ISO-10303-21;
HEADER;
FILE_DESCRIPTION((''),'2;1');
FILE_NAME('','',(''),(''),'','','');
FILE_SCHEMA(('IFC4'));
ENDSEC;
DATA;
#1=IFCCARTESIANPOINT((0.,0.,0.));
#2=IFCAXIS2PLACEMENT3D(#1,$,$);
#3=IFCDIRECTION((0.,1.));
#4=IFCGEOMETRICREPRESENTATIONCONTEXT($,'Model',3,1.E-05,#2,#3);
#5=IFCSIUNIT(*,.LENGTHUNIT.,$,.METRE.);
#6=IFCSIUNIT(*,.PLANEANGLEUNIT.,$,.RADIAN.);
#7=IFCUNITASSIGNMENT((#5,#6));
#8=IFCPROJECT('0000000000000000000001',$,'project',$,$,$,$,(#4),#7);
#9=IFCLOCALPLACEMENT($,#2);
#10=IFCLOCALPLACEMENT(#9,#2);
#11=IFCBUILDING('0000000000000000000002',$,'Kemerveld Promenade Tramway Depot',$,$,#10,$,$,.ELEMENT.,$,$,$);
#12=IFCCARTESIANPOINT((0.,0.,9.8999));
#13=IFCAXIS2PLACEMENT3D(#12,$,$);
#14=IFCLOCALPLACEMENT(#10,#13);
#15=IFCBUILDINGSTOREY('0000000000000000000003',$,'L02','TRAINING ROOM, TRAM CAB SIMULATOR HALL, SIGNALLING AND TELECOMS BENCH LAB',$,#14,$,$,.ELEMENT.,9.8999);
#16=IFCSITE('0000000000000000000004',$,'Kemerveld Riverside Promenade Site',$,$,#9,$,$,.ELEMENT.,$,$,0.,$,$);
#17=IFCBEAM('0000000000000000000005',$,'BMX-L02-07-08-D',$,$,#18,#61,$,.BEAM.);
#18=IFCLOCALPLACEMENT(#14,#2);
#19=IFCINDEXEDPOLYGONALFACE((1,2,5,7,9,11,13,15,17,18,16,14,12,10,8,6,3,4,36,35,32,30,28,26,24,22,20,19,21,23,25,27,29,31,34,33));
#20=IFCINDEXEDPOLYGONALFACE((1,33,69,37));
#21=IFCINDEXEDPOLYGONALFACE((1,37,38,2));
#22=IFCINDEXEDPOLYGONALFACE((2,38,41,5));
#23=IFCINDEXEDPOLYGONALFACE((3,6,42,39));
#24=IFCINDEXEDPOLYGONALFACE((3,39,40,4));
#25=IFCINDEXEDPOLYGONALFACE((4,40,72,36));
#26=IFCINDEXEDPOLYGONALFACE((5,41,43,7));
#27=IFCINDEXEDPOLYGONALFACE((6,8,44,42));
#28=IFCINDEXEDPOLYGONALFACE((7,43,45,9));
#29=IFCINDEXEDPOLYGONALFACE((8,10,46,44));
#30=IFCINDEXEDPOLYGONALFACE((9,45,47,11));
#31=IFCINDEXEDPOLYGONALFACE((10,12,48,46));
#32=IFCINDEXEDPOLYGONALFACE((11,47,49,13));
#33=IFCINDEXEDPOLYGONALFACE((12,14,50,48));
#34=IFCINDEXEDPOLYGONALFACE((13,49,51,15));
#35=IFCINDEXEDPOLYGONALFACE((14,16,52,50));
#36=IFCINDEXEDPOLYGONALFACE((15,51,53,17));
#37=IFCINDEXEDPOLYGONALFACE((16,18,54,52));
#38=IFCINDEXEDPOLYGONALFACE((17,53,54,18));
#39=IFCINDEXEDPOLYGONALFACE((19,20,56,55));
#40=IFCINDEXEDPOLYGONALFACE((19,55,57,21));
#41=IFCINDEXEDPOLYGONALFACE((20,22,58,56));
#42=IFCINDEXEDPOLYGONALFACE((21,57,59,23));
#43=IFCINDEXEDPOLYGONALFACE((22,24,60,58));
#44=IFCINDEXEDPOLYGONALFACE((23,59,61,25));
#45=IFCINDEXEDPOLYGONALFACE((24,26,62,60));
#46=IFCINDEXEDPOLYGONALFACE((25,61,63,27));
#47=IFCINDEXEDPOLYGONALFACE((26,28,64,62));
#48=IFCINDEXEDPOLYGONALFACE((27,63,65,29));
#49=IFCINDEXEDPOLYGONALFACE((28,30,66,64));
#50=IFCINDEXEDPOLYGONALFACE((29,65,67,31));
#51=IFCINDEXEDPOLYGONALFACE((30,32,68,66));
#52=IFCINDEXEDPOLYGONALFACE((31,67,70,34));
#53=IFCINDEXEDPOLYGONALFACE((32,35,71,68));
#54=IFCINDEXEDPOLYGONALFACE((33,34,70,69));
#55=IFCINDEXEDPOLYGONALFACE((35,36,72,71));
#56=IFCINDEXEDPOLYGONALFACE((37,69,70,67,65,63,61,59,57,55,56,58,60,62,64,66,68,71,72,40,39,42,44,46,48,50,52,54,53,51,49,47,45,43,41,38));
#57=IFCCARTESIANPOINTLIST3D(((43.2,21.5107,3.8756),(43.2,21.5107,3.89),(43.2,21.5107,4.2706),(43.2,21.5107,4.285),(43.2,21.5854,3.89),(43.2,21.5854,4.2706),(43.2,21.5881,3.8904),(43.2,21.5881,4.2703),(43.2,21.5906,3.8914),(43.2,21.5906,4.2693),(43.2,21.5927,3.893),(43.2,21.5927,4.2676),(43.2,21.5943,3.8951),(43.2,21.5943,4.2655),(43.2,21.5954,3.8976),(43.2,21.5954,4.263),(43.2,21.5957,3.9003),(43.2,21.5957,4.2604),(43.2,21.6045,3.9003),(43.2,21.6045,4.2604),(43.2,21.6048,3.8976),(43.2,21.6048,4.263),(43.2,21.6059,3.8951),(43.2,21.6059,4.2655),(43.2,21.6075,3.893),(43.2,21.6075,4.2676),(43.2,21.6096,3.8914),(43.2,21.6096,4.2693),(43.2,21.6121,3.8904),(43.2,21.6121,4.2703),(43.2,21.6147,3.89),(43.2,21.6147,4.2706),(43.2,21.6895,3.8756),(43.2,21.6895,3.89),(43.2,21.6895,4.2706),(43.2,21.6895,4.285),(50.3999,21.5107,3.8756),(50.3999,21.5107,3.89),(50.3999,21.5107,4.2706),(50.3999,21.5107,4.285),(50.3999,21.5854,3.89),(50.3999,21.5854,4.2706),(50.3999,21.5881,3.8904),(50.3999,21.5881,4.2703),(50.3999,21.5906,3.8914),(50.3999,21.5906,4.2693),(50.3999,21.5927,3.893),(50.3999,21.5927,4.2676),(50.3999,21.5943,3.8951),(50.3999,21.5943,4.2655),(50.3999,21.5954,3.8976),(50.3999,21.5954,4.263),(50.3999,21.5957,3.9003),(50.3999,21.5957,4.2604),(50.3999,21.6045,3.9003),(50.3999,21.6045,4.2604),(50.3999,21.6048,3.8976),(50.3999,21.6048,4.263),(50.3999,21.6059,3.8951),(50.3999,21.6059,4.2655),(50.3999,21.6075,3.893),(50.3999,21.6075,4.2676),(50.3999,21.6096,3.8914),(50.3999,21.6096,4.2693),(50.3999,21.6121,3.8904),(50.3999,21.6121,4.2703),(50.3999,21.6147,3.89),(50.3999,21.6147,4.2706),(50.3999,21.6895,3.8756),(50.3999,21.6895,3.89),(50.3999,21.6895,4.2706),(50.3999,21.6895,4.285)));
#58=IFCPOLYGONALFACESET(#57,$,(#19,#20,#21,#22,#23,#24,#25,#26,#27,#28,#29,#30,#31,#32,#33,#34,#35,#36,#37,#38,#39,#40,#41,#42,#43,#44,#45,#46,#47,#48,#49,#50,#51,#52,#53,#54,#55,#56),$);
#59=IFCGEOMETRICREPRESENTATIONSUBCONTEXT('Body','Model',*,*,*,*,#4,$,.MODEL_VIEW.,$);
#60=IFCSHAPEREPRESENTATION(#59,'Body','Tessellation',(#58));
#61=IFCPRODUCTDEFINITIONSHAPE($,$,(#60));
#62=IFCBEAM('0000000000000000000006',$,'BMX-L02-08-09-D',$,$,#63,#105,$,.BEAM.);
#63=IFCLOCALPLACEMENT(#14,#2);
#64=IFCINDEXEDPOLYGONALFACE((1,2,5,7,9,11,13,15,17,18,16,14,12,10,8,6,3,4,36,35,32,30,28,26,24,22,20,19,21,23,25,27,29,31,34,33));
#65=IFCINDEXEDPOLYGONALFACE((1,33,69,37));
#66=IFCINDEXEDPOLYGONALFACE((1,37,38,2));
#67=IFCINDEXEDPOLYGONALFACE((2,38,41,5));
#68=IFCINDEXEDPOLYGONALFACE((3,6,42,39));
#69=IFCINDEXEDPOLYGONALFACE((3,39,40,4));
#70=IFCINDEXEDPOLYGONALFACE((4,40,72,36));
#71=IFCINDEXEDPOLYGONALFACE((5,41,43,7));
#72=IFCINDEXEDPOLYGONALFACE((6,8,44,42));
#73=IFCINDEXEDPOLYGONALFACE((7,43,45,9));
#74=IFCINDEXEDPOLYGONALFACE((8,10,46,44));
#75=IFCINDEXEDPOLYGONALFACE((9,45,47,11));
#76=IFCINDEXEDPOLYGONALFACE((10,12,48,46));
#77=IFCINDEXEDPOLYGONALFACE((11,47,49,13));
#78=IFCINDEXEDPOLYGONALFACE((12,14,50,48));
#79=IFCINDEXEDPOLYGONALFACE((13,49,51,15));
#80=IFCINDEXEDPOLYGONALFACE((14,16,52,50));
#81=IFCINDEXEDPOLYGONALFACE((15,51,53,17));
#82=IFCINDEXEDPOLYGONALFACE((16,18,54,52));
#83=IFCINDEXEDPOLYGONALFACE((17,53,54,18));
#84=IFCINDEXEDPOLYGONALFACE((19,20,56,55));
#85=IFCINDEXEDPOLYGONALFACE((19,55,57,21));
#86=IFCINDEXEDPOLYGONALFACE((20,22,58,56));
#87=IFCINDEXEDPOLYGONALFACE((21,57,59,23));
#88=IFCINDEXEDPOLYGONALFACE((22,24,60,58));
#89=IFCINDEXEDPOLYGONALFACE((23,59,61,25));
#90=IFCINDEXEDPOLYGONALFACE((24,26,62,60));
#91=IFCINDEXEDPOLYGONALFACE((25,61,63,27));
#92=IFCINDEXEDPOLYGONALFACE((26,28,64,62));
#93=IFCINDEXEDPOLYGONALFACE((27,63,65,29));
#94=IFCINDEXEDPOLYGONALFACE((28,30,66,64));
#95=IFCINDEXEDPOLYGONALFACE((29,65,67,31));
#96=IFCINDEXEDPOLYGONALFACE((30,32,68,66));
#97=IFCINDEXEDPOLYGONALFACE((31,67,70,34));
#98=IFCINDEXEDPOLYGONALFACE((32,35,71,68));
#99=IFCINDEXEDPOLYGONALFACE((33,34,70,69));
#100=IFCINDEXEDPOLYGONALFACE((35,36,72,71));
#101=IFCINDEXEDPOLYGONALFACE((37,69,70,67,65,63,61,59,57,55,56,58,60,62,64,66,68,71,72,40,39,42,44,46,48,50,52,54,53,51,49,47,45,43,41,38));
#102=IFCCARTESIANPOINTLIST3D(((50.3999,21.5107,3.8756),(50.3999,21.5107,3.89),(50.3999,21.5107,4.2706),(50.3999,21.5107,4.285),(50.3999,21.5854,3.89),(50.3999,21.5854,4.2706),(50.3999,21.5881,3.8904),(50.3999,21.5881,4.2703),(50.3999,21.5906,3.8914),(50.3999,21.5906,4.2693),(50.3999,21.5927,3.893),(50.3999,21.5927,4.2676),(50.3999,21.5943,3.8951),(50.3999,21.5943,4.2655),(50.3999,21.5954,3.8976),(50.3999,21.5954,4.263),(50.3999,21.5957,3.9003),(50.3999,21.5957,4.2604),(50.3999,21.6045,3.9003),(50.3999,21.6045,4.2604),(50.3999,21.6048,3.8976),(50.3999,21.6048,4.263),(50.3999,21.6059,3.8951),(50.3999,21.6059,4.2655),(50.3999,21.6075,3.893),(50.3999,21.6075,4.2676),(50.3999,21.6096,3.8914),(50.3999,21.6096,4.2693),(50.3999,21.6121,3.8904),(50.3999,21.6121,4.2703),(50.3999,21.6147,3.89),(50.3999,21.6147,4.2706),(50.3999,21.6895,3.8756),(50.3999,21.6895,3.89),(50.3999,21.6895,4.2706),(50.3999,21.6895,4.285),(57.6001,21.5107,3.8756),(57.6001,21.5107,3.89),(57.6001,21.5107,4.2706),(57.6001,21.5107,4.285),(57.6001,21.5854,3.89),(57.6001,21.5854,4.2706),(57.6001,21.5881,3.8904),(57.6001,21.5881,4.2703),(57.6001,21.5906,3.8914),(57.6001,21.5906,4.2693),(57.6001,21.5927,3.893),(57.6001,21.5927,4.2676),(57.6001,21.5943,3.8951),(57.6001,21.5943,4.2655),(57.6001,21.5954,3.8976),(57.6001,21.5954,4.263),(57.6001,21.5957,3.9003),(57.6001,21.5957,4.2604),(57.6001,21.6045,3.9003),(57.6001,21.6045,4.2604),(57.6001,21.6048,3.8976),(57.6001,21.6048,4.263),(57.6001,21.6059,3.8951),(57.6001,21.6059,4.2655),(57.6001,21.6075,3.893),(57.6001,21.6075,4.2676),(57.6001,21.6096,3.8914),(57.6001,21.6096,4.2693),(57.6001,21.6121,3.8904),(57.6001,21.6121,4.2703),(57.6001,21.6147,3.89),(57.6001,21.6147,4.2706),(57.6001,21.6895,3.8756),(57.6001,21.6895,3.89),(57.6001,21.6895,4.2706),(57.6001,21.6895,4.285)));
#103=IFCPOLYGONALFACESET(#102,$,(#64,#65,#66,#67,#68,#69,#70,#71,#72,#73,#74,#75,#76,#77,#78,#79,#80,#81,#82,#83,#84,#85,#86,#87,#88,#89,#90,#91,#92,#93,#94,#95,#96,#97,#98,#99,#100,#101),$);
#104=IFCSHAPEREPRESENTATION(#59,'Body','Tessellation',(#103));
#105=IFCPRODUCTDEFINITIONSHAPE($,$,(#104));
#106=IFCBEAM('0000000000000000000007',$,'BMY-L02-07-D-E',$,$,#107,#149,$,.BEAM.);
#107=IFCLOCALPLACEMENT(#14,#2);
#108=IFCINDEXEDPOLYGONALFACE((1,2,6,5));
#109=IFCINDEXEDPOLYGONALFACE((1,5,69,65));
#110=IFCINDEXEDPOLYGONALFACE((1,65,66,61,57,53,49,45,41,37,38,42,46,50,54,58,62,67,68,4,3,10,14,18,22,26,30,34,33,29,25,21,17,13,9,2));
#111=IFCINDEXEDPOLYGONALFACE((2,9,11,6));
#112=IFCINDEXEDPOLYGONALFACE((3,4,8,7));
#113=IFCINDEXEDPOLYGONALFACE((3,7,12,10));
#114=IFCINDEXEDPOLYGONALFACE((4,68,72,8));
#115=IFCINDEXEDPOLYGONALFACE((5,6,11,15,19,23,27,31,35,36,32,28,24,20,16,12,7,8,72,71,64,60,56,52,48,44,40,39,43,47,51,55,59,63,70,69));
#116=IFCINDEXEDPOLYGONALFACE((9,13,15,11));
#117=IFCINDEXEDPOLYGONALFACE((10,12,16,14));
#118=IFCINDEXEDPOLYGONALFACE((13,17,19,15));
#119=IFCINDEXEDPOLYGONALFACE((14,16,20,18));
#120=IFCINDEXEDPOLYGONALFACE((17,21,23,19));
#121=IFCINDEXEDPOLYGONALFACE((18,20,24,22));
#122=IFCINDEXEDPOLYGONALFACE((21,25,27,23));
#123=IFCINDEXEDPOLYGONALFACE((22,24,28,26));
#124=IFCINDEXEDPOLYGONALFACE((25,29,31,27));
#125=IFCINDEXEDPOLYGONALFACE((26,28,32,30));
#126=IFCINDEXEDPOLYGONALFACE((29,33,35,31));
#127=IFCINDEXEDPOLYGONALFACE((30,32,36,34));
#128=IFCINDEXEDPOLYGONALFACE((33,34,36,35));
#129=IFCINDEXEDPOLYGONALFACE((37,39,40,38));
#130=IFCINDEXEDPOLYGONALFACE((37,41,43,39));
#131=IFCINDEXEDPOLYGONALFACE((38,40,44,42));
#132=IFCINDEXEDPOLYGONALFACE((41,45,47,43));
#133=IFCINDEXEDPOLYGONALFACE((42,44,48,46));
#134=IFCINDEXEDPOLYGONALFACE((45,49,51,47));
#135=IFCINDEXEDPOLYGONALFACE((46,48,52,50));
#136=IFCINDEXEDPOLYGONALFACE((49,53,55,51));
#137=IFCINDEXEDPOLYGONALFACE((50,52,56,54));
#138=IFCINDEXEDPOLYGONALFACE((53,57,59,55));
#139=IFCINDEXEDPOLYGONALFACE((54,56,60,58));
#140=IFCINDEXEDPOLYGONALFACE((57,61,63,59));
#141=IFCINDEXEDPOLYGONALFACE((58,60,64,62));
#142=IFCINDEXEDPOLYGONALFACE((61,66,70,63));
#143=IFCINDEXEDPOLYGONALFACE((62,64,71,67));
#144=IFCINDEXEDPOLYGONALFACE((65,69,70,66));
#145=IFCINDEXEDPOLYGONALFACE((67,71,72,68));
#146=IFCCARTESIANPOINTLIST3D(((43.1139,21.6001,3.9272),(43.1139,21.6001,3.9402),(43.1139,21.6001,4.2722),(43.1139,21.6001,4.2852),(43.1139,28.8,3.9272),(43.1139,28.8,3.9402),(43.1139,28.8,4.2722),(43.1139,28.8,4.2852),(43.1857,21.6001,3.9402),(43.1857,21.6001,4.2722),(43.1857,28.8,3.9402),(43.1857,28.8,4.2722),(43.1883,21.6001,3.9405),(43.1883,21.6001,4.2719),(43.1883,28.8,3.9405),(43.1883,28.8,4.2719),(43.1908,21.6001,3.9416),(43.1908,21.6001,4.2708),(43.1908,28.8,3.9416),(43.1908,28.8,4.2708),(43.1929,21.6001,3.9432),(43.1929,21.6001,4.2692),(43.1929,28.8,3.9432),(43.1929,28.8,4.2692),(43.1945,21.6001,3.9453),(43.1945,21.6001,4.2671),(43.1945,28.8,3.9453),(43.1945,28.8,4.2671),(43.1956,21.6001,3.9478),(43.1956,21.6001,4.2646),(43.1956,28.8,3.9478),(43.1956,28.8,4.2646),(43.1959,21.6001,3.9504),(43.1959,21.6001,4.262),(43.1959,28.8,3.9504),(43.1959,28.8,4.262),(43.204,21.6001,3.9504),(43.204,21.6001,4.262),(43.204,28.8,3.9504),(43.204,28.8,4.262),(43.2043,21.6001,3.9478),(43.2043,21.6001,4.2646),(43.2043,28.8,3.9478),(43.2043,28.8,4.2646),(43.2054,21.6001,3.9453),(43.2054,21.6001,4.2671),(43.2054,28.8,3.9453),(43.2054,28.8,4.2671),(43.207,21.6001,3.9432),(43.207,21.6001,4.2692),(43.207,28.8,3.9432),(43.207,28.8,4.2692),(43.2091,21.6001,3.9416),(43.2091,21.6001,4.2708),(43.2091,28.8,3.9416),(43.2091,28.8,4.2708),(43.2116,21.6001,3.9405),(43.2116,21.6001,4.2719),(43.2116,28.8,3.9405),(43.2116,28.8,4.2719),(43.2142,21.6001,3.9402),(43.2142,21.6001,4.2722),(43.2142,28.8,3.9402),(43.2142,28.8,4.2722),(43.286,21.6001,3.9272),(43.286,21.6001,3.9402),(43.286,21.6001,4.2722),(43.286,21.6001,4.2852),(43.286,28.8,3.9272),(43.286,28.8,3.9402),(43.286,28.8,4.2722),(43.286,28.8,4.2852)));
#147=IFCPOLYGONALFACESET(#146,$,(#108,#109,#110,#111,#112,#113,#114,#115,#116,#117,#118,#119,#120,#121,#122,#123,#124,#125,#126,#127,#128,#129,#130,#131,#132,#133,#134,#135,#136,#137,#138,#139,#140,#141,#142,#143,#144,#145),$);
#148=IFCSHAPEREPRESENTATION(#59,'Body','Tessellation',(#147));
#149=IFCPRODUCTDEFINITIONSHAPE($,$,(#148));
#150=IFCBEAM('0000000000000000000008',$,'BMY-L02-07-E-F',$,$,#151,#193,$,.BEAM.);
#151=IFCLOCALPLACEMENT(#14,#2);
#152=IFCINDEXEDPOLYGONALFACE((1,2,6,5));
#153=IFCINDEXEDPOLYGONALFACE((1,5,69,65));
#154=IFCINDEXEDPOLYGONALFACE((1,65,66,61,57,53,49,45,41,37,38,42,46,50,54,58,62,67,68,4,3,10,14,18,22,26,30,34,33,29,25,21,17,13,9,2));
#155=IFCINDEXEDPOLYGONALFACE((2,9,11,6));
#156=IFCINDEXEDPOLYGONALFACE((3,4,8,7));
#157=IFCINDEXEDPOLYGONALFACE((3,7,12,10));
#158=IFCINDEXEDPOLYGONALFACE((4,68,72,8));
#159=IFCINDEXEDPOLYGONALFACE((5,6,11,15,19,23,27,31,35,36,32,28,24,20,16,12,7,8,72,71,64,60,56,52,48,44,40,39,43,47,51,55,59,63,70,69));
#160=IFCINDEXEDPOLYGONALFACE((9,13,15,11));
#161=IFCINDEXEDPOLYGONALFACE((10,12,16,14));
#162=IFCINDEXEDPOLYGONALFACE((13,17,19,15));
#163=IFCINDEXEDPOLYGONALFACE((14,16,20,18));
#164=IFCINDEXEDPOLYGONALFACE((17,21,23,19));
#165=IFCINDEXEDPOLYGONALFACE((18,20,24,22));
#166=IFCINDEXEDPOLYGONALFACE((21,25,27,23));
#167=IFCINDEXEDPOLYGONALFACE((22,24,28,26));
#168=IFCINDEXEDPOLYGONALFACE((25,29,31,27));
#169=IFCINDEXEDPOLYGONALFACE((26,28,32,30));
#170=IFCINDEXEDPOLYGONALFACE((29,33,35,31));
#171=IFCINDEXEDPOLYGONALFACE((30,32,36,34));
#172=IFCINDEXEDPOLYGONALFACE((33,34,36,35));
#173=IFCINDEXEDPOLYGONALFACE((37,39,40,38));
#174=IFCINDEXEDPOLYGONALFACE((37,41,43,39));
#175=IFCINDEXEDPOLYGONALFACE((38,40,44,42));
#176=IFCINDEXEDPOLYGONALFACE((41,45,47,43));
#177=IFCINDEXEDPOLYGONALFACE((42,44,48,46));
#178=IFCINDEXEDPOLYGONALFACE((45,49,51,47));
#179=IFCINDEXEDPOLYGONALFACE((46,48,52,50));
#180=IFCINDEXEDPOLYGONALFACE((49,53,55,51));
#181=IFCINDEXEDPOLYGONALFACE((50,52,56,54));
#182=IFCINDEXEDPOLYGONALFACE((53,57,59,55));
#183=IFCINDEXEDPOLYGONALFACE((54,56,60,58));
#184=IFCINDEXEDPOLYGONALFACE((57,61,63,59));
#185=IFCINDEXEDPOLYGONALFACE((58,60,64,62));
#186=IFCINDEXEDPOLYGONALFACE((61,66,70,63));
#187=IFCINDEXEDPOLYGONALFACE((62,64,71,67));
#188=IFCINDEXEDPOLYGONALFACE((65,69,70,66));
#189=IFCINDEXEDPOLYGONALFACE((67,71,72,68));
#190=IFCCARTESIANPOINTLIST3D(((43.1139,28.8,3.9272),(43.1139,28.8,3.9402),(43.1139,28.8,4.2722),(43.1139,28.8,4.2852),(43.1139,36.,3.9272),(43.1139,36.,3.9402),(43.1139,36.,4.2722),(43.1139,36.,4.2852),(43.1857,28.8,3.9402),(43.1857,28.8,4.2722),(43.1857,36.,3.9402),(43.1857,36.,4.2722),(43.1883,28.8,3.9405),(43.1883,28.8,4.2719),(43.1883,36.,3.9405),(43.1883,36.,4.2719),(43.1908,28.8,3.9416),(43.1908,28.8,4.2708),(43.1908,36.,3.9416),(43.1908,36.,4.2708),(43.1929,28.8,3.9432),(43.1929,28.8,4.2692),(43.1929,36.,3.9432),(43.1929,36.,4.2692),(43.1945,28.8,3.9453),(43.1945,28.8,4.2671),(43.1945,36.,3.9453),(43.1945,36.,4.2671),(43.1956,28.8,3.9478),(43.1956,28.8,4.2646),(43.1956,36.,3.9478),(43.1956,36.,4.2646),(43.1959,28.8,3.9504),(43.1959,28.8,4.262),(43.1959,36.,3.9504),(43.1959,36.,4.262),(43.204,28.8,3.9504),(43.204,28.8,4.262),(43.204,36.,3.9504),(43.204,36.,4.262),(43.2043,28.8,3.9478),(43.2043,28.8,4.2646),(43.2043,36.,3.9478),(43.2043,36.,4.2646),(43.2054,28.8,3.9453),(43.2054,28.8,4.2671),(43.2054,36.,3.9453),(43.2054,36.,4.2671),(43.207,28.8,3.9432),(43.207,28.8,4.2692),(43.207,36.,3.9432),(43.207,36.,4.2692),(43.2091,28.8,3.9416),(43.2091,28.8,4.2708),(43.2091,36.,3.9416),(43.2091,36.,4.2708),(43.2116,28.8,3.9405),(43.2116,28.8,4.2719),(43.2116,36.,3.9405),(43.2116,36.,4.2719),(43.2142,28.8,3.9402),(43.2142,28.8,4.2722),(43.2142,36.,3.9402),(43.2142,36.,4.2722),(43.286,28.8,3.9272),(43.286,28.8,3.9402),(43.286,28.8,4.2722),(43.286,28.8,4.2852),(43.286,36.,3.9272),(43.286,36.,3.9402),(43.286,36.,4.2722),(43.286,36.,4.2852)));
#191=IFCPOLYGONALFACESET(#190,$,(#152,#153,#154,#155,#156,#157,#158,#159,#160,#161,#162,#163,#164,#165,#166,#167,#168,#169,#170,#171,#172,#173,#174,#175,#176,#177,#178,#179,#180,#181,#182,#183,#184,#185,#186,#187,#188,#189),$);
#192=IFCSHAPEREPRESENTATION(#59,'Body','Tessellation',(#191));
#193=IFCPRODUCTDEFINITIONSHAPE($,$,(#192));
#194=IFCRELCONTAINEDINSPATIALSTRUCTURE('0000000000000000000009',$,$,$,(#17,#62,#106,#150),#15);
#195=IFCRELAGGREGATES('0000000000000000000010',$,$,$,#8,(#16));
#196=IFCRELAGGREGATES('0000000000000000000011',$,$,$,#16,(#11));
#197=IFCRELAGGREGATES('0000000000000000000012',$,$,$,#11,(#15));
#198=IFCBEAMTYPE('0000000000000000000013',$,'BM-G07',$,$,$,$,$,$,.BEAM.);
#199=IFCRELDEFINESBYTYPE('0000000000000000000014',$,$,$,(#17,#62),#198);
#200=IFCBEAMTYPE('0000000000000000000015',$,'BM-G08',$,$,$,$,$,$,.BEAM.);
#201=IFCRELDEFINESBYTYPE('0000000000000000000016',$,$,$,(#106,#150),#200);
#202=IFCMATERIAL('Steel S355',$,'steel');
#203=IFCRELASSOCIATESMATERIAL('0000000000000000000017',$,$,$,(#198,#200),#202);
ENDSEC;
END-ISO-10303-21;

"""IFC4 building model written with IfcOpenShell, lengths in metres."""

from ifc_helpers import new_model, si_unit, direction, frame, origin, origin_2d, place, context, subcontext, project, spatial, i_section, extrude, material, material_profile, profile_set, type_object, element, save


model = new_model("IFC4")

# Units and contexts
model_context = context("Model", 3, precision=1e-05, world=origin(), true_north=direction((0.0, 1.0)))
body_context = subcontext(model_context, "Body", "Model", "MODEL_VIEW")
ifc_project = project(units=[si_unit("LENGTHUNIT", "METRE"), si_unit("PLANEANGLEUNIT", "RADIAN")], contexts=[model_context])

# Site, building, storey
site_placement = place(None, origin())
site = spatial("IfcSite", under=ifc_project, at=site_placement, Name="Kemerveld Riverside Promenade Site", CompositionType="ELEMENT", RefElevation=0.0)
building_placement = place(site_placement, origin())
building = spatial("IfcBuilding", under=site, at=building_placement, Name="Kemerveld Promenade Tramway Depot", CompositionType="ELEMENT")
storey_placement = place(building_placement, frame((0.0, 0.0, 9.8999)))
storey = spatial("IfcBuildingStorey", under=building, at=storey_placement, Name="L02", Description="TRAINING ROOM, TRAM CAB SIMULATOR HALL, SIGNALLING AND TELECOMS BENCH LAB", CompositionType="ELEMENT", Elevation=9.8999)

# Shared definitions
ifc_material_1 = material(Name="Steel S355", Category="steel")

# Beams
ifc_material_profile_1 = material_profile(ifc_material_1, i_section(OverallWidth=0.1787, OverallDepth=0.4094, WebThickness=0.0088, FlangeThickness=0.0144, FilletRadius=0.0103, at=origin_2d()), Name="406x178x67 UB")
ifc_profile_set_1 = profile_set([ifc_material_profile_1], Name="Steel S355")
beam_type_1 = type_object("IfcBeamType", Name="BM-G07", PredefinedType="BEAM", material=ifc_profile_set_1)
beam_1_placement = place(storey_placement, frame((43.2, 21.6001, 4.0803), z_axis=(1.0, 0.0, 0.0), x_axis=(0.0, 1.0, 0.0)))
element("IfcBeam", 1, at=beam_1_placement, inside=storey, type_object=beam_type_1, Name="BMX-L02-07-08-D", PredefinedType="BEAM", context=body_context, shape_type="SweptSolid", body=[
    extrude(i_section(OverallWidth=0.1787, OverallDepth=0.4094, WebThickness=0.0088, FlangeThickness=0.0144, FilletRadius=0.0103, at=origin_2d()), origin(), (0.0, 0.0, 1.0), 7.2),
])
beam_2_placement = place(storey_placement, frame((50.3999, 21.6001, 4.0803), z_axis=(1.0, 0.0, 0.0), x_axis=(0.0, 1.0, 0.0)))
element("IfcBeam", 2, at=beam_2_placement, inside=storey, type_object=beam_type_1, Name="BMX-L02-08-09-D", PredefinedType="BEAM", context=body_context, shape_type="SweptSolid", body=[
    extrude(i_section(OverallWidth=0.1787, OverallDepth=0.4094, WebThickness=0.0088, FlangeThickness=0.0144, FilletRadius=0.0103, at=origin_2d()), origin(), (0.0, 0.0, 1.0), 7.2002),
])
ifc_material_profile_2 = material_profile(ifc_material_1, i_section(OverallWidth=0.1721, OverallDepth=0.3579, WebThickness=0.0081, FlangeThickness=0.0129, FilletRadius=0.0103, at=origin_2d()), Name="356x171x57 UB")
ifc_profile_set_2 = profile_set([ifc_material_profile_2], Name="Steel S355")
beam_type_2 = type_object("IfcBeamType", Name="BM-G08", PredefinedType="BEAM", material=ifc_profile_set_2)
for number, where, z_axis, x_axis, name in (
    (3, (43.2, 21.6001, 4.1062), (0.0, 1.0, 0.0), (-1.0, 0.0, 0.0), "BMY-L02-07-D-E"),
    (4, (43.2, 28.8, 4.1062), (0.0, 1.0, 0.0), (-1.0, 0.0, 0.0), "BMY-L02-07-E-F"),
):
    element("IfcBeam", number, at=place(storey_placement, frame(where, z_axis=z_axis, x_axis=x_axis)), inside=storey, type_object=beam_type_2, Name=name, PredefinedType="BEAM", context=body_context, shape_type="SweptSolid", body=[
        extrude(i_section(OverallWidth=0.1721, OverallDepth=0.3579, WebThickness=0.0081, FlangeThickness=0.0129, FilletRadius=0.0103, at=origin_2d()), origin(), (0.0, 0.0, 1.0), 7.2),
    ])

save(model, "model.ifc")
